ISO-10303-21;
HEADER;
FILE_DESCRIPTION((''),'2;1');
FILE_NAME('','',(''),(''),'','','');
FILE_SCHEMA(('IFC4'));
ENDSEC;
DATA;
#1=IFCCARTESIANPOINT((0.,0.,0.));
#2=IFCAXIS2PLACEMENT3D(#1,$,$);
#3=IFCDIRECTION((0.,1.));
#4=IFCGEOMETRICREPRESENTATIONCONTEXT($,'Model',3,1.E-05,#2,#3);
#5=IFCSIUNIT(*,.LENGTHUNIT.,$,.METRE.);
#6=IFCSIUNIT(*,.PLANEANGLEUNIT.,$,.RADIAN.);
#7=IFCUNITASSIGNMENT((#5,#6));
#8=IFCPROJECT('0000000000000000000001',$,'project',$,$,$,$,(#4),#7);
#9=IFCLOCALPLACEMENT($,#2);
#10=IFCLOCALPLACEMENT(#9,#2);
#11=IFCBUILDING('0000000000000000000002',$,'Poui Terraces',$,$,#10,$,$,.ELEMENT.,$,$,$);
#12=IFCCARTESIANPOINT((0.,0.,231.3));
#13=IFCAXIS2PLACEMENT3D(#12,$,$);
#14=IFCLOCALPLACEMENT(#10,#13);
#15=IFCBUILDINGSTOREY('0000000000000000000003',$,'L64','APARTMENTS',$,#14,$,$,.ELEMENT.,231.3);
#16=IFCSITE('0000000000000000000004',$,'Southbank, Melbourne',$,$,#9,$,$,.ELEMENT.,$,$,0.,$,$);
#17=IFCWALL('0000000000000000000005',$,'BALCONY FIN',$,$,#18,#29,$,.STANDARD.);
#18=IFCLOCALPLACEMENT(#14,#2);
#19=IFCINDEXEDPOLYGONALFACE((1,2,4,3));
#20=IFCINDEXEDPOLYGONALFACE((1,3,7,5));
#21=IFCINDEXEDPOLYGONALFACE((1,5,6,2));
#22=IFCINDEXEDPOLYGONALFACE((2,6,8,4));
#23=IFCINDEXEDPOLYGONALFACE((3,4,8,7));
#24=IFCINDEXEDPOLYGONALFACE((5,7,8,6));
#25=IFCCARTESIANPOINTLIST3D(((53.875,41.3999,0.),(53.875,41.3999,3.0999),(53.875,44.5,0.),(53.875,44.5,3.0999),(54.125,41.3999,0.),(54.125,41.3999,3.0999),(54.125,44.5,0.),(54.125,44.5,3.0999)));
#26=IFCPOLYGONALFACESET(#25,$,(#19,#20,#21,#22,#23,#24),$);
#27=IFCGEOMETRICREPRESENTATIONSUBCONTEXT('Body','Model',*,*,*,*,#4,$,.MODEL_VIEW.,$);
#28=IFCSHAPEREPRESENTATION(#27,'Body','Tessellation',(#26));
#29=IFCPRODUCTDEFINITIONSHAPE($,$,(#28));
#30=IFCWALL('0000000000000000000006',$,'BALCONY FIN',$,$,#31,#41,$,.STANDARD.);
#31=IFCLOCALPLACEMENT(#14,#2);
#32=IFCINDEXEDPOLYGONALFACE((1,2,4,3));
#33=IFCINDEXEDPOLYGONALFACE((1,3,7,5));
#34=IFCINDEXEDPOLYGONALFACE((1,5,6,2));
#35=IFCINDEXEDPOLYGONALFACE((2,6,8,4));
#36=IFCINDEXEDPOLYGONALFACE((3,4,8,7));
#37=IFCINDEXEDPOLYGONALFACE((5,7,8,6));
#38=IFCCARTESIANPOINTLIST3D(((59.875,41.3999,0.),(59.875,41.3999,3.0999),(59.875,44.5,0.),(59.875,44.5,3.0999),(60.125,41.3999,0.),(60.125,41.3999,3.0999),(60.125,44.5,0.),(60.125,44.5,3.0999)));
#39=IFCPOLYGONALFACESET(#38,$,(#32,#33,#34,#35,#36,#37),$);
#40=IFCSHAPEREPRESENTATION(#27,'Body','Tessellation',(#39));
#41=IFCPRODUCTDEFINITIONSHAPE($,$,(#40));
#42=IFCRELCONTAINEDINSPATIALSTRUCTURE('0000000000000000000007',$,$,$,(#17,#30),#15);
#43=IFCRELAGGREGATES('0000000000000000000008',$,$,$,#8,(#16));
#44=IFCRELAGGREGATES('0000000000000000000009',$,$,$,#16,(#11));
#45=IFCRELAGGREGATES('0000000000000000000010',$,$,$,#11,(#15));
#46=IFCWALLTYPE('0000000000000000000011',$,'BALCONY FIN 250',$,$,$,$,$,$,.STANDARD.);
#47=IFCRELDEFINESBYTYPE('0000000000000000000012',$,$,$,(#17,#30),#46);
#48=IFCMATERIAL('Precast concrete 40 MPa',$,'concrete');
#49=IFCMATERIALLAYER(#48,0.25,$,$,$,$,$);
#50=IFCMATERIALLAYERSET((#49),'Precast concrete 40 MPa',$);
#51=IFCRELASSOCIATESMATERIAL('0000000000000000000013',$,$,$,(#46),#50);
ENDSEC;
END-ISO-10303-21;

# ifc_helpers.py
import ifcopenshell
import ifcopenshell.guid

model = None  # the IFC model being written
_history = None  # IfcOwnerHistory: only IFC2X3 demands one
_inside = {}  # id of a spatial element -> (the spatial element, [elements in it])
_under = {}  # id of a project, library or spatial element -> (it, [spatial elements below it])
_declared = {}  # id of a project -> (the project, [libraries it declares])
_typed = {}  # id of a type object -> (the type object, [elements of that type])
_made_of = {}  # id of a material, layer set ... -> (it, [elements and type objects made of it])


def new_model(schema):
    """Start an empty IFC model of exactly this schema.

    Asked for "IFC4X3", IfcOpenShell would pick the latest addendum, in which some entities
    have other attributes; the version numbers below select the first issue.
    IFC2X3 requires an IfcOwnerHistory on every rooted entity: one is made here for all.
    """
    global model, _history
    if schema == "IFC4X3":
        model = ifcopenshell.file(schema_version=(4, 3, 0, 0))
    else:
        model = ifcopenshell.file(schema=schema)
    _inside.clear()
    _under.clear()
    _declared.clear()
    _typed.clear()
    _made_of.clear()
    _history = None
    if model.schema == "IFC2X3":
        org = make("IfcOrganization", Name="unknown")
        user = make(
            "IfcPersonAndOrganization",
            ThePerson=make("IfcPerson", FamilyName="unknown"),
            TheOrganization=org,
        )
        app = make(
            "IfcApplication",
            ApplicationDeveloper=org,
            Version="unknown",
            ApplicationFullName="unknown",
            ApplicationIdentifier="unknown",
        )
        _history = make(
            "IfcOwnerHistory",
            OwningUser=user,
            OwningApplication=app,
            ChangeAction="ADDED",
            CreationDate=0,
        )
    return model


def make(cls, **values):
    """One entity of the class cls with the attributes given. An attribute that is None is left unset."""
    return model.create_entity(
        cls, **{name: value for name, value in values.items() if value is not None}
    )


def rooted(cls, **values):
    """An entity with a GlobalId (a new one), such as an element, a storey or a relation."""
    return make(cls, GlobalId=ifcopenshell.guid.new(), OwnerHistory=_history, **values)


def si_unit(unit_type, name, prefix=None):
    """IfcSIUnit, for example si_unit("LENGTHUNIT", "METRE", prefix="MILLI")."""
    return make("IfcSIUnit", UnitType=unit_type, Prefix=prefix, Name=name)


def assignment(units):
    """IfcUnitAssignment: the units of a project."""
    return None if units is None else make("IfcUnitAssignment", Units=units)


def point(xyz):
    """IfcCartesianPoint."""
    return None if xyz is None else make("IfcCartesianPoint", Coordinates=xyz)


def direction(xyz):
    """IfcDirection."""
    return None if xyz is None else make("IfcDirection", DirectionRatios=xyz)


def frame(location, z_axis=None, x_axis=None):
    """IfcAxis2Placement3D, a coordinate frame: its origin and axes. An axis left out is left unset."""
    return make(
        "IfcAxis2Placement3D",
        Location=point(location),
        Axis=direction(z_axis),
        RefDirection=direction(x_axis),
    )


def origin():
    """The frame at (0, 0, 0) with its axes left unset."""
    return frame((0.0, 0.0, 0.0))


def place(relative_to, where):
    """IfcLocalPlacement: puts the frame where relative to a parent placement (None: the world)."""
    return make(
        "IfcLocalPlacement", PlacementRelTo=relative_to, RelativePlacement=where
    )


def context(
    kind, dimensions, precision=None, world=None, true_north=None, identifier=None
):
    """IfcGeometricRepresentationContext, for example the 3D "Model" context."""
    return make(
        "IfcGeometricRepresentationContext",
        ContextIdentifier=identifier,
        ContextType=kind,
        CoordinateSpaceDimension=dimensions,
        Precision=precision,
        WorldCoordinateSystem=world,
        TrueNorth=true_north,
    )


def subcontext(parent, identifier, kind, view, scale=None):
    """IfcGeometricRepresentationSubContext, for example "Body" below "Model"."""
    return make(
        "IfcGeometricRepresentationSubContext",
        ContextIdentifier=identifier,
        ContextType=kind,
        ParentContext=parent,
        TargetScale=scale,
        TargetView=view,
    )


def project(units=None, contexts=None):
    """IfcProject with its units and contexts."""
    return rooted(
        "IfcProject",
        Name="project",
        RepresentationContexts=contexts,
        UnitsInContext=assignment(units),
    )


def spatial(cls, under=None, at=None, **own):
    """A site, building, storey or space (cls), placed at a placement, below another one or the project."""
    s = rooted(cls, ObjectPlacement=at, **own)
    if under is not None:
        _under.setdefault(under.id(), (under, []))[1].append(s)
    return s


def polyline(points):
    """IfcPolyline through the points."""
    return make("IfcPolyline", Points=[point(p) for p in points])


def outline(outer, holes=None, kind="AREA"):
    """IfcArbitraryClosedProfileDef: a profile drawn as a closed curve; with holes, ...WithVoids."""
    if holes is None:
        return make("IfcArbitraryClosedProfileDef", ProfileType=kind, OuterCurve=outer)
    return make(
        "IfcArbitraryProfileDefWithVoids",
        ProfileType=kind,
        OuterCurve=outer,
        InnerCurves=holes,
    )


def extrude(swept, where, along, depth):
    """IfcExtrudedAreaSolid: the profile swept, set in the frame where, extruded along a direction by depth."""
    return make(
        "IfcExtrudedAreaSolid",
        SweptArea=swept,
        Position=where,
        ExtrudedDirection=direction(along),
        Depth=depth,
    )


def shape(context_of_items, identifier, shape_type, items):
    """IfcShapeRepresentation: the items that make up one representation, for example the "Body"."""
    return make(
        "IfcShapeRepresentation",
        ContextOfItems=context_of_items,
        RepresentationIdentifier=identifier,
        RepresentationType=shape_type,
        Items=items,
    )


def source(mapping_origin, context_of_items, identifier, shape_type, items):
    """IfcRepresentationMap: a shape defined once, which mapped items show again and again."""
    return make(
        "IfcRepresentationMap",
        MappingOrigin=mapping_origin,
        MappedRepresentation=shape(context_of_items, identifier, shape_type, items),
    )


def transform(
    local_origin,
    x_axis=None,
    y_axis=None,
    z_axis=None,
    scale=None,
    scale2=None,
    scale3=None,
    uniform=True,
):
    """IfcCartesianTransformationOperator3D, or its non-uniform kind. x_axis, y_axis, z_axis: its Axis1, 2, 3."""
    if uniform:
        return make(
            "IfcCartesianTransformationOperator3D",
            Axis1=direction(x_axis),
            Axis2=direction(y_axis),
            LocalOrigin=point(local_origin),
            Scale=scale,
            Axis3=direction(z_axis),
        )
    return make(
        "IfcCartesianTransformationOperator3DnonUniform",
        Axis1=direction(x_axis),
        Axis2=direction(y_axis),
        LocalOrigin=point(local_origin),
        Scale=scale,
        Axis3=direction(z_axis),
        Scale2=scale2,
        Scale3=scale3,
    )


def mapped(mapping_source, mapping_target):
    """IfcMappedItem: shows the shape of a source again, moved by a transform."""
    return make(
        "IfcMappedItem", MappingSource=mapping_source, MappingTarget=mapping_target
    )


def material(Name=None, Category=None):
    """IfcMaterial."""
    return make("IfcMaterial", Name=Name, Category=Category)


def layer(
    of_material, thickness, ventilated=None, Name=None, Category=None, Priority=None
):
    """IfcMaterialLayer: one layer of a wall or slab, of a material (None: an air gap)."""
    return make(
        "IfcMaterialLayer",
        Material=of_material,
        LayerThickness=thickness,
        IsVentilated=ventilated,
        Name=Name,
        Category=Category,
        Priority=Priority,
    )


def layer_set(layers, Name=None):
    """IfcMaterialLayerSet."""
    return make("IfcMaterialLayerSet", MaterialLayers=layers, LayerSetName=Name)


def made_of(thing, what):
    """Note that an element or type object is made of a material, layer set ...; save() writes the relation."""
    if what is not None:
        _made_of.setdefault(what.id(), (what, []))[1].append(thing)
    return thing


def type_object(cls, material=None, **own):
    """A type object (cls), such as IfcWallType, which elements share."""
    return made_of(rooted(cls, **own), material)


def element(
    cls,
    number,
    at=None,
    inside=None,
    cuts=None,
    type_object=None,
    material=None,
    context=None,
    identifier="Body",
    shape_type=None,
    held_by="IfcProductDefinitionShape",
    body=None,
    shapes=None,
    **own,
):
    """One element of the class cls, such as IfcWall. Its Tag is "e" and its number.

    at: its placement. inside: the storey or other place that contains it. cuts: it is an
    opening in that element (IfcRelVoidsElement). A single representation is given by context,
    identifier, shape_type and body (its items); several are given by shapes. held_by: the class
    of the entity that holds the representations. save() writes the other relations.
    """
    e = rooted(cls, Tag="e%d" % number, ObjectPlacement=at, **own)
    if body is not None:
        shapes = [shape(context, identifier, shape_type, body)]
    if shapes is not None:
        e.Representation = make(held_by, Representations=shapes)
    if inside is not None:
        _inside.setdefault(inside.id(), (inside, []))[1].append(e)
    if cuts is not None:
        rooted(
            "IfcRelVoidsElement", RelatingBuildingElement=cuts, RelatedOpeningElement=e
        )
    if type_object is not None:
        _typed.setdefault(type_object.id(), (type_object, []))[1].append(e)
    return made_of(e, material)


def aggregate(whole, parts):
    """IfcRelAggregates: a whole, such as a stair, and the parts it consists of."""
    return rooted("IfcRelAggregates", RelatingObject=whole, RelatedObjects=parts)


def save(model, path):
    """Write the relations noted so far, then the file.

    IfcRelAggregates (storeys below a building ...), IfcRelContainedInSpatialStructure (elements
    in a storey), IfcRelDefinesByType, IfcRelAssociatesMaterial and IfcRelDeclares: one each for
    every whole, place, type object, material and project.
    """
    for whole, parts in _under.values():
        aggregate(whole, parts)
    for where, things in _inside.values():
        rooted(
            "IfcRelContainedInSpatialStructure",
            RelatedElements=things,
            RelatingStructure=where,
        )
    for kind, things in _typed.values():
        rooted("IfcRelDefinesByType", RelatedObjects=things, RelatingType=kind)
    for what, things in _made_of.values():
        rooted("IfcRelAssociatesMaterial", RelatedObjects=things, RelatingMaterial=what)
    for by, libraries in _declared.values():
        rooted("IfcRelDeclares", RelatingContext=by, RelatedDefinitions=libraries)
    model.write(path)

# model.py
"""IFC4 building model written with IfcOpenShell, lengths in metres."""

from ifc_helpers import new_model, si_unit, direction, frame, origin, place, context, subcontext, project, spatial, polyline, outline, extrude, source, transform, mapped, material, layer, layer_set, type_object, element, save


model = new_model("IFC4")

# Units and contexts
model_context = context("Model", 3, precision=1e-05, world=origin(), true_north=direction((0.0, 1.0)))
body_context = subcontext(model_context, "Body", "Model", "MODEL_VIEW")
ifc_project = project(units=[si_unit("LENGTHUNIT", "METRE"), si_unit("PLANEANGLEUNIT", "RADIAN")], contexts=[model_context])

# Site, building, storey
site_placement = place(None, origin())
site = spatial("IfcSite", under=ifc_project, at=site_placement, Name="Southbank, Melbourne", CompositionType="ELEMENT", RefElevation=0.0)
building_placement = place(site_placement, origin())
building = spatial("IfcBuilding", under=site, at=building_placement, Name="Poui Terraces", CompositionType="ELEMENT")
storey_placement = place(building_placement, frame((0.0, 0.0, 231.3)))
storey = spatial("IfcBuildingStorey", under=building, at=storey_placement, Name="L64", Description="APARTMENTS", CompositionType="ELEMENT", Elevation=231.3)

# Walls
ifc_material_1 = material(Name="Precast concrete 40 MPa", Category="concrete")
ifc_layer_1 = layer(ifc_material_1, 0.25)
ifc_layer_set_1 = layer_set([ifc_layer_1], Name="Precast concrete 40 MPa")
wall_type_1 = type_object("IfcWallType", Name="BALCONY FIN 250", PredefinedType="STANDARD", material=ifc_layer_set_1)
shared_shape_1 = source(origin(), body_context, "Body", "SweptSolid", [
    extrude(outline(polyline([(0.0, 0.0), (0.25, 0.0), (0.25, 3.1001), (0.0, 3.1001), (0.0, 0.0)])), origin(), (0.0, 0.0, 1.0), 3.0999),
])
for number, where, name in (
    (1, (53.875, 41.3999, 0.0), "BALCONY FIN"),
    (2, (59.875, 41.3999, 0.0), "BALCONY FIN"),
):
    element("IfcWall", number, at=place(storey_placement, frame(where)), inside=storey, type_object=wall_type_1, Name=name, PredefinedType="STANDARD", context=body_context, shape_type="MappedRepresentation", body=[
        mapped(shared_shape_1, transform((0.0, 0.0, 0.0))),
    ])

save(model, "model.ifc")
